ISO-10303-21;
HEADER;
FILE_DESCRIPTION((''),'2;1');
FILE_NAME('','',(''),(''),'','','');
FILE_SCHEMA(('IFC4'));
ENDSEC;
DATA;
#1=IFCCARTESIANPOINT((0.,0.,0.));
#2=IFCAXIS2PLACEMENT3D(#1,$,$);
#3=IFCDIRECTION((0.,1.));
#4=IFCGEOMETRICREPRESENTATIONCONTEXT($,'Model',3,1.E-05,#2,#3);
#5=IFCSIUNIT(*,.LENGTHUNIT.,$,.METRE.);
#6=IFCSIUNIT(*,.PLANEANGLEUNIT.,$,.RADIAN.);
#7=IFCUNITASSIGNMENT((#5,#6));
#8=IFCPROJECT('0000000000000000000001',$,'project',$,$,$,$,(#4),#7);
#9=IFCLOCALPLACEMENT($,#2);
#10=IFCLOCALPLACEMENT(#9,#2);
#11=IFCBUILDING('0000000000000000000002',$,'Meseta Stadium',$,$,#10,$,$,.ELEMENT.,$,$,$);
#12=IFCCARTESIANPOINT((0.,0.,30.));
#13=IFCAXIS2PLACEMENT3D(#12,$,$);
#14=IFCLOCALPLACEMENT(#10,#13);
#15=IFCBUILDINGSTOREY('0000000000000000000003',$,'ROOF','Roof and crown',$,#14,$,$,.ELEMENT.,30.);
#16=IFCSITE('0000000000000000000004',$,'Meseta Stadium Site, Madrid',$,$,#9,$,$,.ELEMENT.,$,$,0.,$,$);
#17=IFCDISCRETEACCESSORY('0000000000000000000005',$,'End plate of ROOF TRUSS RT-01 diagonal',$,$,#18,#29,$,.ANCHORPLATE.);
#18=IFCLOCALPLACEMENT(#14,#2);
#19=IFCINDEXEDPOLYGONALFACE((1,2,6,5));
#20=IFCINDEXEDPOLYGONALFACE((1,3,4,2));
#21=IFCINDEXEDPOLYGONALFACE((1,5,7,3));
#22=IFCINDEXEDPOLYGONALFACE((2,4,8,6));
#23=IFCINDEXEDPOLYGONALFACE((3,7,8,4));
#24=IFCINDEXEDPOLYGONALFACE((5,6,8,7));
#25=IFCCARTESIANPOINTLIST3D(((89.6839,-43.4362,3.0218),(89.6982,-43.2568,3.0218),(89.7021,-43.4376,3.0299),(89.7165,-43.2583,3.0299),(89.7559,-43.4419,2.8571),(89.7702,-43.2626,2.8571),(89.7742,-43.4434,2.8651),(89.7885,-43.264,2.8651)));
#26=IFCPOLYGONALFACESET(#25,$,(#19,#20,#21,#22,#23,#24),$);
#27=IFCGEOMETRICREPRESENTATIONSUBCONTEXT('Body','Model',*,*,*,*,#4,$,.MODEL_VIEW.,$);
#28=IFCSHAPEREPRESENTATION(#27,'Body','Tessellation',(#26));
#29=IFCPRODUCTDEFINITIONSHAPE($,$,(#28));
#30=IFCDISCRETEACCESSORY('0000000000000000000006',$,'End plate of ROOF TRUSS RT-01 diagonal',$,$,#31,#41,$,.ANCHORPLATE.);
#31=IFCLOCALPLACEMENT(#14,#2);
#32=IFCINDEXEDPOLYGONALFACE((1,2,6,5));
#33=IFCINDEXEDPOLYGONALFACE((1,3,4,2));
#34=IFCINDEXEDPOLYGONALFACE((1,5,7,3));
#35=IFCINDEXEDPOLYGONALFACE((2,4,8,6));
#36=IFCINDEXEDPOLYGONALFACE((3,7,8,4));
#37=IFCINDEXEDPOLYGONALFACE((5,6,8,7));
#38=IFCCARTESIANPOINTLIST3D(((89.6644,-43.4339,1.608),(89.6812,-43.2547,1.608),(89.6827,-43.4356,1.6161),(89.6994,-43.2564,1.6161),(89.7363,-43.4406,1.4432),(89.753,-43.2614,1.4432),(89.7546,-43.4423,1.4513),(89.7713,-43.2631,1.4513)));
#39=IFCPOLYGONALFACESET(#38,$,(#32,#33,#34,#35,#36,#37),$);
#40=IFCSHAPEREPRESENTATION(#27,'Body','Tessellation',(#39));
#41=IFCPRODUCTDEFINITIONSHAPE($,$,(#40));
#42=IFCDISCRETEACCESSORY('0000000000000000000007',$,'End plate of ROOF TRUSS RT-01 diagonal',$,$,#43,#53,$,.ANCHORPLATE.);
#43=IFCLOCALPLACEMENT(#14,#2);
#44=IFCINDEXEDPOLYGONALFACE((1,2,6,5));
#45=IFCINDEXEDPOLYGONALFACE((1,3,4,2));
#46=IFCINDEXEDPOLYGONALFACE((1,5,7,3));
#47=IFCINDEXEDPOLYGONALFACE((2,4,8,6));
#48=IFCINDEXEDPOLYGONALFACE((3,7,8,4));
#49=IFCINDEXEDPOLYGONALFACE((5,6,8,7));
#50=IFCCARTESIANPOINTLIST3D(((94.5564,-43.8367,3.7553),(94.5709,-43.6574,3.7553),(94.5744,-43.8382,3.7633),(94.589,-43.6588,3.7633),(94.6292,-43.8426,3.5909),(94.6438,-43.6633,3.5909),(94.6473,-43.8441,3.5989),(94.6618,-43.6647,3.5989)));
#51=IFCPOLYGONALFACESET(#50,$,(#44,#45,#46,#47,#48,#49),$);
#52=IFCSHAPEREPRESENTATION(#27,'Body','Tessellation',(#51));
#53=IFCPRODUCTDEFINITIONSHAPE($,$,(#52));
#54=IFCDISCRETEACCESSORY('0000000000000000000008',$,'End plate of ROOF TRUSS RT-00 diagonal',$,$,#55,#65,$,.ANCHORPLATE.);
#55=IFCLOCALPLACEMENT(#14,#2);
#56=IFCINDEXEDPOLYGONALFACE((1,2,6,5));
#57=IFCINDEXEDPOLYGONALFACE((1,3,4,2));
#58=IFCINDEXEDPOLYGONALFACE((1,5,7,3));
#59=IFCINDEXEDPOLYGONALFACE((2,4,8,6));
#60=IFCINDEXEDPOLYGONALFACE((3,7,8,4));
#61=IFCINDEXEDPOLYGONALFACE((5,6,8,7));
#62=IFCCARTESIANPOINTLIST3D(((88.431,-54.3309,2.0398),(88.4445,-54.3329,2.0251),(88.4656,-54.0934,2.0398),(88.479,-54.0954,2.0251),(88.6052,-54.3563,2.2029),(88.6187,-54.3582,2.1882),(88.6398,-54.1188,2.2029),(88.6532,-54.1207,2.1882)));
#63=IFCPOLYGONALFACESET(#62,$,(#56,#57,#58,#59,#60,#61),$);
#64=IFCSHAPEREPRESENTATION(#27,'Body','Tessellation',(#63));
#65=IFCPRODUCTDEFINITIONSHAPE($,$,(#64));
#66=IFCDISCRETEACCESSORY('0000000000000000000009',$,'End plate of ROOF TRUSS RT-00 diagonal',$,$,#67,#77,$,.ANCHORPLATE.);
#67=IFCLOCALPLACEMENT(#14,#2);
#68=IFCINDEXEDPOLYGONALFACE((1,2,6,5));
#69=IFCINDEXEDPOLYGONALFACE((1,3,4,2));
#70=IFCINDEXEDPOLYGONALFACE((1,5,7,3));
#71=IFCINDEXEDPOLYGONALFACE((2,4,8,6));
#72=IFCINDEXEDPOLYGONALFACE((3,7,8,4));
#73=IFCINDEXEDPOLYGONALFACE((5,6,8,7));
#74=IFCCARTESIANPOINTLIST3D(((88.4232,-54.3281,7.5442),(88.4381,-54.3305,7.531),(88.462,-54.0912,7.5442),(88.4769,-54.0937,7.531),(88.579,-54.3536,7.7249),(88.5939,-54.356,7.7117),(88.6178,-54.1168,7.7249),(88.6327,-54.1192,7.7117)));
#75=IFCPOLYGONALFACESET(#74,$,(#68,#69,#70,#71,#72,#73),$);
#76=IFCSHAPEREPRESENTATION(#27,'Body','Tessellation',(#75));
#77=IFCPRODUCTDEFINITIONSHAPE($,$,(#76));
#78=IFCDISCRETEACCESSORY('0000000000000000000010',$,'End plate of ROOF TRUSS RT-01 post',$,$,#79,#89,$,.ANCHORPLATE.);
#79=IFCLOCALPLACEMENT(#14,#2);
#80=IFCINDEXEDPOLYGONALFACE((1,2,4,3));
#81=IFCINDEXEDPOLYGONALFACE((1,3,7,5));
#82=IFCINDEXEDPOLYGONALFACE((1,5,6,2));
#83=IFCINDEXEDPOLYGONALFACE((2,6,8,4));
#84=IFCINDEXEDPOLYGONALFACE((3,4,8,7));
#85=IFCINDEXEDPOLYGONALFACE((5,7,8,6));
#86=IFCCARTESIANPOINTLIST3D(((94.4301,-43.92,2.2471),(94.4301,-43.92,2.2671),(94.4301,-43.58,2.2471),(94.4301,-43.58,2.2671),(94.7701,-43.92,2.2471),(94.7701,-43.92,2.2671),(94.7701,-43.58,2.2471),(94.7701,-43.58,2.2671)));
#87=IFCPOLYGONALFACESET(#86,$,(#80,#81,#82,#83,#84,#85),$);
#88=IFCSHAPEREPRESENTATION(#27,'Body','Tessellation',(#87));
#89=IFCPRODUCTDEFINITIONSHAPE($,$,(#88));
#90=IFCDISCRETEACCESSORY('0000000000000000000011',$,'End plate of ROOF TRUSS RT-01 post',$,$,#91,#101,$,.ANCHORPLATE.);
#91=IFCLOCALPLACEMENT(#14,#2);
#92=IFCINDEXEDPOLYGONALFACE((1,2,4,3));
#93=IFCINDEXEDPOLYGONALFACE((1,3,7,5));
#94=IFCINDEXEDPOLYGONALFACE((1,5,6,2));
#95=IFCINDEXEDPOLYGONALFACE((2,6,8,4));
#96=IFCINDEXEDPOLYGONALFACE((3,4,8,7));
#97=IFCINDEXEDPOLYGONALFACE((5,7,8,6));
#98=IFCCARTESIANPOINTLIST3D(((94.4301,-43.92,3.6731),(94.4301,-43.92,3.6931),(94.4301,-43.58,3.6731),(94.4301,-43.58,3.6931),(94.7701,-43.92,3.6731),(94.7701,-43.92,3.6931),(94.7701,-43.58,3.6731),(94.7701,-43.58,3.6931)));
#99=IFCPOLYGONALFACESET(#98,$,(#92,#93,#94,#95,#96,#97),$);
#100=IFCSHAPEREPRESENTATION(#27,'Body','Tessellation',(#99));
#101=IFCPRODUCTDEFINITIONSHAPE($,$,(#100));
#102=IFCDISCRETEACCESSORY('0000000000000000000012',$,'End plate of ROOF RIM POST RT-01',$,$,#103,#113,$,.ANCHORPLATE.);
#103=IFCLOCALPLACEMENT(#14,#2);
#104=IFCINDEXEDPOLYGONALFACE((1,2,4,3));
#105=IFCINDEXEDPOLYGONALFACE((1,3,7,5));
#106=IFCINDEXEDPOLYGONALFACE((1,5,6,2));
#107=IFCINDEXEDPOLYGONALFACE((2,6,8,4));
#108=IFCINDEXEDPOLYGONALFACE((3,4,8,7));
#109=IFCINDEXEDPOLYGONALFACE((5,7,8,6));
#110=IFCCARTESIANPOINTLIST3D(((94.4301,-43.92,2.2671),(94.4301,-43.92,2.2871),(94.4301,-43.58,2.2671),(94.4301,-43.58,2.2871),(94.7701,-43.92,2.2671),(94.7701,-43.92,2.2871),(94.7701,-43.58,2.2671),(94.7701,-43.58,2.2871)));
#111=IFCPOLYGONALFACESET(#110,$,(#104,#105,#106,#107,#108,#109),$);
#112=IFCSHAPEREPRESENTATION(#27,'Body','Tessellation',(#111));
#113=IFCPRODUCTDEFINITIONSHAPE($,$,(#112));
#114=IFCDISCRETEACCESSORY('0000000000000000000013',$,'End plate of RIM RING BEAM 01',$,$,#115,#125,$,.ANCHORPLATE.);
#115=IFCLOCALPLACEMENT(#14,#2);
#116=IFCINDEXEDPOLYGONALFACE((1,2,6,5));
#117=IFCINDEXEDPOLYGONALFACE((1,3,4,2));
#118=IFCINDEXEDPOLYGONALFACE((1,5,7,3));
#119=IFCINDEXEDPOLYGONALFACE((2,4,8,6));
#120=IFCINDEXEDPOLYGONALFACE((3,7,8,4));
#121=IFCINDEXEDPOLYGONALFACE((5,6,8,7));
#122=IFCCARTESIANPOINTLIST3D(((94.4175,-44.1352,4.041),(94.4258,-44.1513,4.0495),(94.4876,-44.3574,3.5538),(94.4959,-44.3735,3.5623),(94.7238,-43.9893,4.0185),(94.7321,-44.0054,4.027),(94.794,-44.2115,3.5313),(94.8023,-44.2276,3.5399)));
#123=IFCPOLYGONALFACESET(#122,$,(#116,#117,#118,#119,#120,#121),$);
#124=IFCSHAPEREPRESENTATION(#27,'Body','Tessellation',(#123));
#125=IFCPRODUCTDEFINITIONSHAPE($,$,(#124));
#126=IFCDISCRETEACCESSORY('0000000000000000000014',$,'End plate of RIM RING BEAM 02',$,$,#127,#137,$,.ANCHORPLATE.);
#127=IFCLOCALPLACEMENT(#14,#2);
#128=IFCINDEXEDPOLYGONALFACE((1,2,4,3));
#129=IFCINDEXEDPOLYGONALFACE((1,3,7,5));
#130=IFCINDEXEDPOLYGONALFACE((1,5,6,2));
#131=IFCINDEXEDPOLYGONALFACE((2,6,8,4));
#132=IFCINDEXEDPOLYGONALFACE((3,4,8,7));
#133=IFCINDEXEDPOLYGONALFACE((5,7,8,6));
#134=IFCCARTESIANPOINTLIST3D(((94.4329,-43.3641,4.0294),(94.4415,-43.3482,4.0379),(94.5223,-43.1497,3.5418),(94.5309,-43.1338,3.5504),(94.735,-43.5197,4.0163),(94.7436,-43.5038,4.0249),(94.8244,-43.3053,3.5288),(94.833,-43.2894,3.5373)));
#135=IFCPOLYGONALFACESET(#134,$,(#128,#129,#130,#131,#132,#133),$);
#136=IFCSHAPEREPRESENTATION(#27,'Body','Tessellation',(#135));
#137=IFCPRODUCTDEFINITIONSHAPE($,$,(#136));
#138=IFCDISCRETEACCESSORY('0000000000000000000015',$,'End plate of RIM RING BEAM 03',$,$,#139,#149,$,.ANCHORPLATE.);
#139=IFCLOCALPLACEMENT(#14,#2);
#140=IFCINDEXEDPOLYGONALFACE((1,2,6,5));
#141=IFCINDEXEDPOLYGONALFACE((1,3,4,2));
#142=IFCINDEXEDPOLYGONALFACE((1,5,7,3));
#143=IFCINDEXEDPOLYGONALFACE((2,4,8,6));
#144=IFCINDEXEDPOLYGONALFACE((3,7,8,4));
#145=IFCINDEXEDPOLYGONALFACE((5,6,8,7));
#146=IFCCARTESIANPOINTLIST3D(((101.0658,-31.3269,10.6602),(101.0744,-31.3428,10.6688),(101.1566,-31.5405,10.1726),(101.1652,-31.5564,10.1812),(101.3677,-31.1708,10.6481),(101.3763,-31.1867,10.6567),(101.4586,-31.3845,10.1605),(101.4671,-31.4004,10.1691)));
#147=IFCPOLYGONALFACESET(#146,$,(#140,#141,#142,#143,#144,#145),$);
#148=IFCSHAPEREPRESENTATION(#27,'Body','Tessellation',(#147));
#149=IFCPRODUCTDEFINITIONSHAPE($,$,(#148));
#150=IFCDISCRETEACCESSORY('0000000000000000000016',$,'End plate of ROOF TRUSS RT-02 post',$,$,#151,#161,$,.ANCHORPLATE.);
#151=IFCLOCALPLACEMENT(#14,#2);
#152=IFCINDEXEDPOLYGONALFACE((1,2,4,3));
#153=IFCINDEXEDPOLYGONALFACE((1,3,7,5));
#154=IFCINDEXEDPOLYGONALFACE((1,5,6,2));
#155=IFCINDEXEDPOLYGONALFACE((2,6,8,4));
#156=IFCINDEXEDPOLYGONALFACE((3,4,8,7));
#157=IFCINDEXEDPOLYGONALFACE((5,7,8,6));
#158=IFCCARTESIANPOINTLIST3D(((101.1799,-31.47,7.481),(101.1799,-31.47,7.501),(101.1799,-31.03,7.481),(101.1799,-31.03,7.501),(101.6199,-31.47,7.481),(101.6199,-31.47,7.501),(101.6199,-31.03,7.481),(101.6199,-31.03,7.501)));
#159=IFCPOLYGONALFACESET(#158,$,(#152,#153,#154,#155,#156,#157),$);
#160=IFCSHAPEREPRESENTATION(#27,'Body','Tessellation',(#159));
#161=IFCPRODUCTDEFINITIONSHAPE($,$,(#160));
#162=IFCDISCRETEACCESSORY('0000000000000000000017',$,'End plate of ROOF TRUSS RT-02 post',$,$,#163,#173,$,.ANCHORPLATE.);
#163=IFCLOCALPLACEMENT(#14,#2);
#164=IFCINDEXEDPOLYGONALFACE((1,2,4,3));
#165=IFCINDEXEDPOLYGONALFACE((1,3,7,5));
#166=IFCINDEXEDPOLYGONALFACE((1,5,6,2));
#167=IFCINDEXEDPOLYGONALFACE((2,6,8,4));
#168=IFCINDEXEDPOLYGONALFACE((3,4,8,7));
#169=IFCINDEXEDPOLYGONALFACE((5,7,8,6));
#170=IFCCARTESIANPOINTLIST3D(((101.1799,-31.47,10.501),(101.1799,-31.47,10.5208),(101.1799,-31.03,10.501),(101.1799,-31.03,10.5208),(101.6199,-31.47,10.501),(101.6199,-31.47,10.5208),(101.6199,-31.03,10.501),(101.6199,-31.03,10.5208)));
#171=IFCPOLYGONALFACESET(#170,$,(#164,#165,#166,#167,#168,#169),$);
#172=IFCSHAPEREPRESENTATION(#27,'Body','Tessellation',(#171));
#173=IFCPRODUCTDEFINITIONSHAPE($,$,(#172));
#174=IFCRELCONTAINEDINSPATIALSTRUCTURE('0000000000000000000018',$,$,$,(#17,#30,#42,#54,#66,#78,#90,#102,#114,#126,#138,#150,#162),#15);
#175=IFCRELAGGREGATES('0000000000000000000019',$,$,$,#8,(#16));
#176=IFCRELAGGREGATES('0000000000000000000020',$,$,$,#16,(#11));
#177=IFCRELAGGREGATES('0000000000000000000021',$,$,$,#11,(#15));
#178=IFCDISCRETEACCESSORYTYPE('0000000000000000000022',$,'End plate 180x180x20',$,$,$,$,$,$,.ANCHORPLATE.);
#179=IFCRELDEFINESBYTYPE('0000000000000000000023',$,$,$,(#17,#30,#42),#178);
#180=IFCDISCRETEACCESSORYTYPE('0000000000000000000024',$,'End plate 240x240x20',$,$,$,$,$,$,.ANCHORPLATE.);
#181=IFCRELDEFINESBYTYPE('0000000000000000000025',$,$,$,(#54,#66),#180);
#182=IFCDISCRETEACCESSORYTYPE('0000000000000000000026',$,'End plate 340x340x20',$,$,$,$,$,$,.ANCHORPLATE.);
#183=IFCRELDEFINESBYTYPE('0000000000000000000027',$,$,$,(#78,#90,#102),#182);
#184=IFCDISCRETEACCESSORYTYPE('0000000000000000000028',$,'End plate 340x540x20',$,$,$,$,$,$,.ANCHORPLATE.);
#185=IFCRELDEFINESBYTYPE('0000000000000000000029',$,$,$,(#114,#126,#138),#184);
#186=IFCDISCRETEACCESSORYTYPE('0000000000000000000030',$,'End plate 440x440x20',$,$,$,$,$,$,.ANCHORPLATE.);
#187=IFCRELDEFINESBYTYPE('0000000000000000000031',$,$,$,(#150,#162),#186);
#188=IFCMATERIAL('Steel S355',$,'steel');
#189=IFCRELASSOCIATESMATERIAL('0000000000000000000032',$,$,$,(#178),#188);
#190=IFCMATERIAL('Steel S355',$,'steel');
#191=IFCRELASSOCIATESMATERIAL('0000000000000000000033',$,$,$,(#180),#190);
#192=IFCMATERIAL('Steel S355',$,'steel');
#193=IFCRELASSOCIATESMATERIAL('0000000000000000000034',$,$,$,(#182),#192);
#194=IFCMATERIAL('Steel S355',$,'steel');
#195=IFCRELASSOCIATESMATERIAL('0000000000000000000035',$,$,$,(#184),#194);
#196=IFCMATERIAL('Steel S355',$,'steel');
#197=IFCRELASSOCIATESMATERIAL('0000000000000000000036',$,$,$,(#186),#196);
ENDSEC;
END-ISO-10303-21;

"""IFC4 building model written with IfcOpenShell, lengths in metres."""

from ifc_helpers import new_model, si_unit, direction, frame, origin, origin_2d, place, context, subcontext, project, spatial, rectangle, extrude, material, material_profile, profile_set, type_object, element, save


model = new_model("IFC4")

# Units and contexts
model_context = context("Model", 3, precision=1e-05, world=origin(), true_north=direction((0.0, 1.0)))
body_context = subcontext(model_context, "Body", "Model", "MODEL_VIEW")
ifc_project = project(units=[si_unit("LENGTHUNIT", "METRE"), si_unit("PLANEANGLEUNIT", "RADIAN")], contexts=[model_context])

# Site, building, storey
site_placement = place(None, origin())
site = spatial("IfcSite", under=ifc_project, at=site_placement, Name="Meseta Stadium Site, Madrid", CompositionType="ELEMENT", RefElevation=0.0)
building_placement = place(site_placement, origin())
building = spatial("IfcBuilding", under=site, at=building_placement, Name="Meseta Stadium", CompositionType="ELEMENT")
storey_placement = place(building_placement, frame((0.0, 0.0, 30.0)))
storey = spatial("IfcBuildingStorey", under=building, at=storey_placement, Name="ROOF", Description="Roof and crown", CompositionType="ELEMENT", Elevation=30.0)

# Discrete accessories
ifc_material_1 = material(Name="Steel S355", Category="steel")
ifc_material_profile_1 = material_profile(ifc_material_1, rectangle(XDim=0.1799, YDim=0.1799, at=origin_2d()), Name="PL 180x180")
ifc_profile_set_1 = profile_set([ifc_material_profile_1], Name="Steel S355")
discrete_accessory_type_1 = type_object("IfcDiscreteAccessoryType", Name="End plate 180x180x20", PredefinedType="ANCHORPLATE", material=ifc_profile_set_1)
for number, where, z_axis, x_axis, name in (
    (1, (89.7271, -43.3494, 2.9395), (0.912871, -0.07303, 0.401663), (0.079745, 0.996815, 0.0), "End plate of ROOF TRUSS RT-01 diagonal"),
    (2, (89.7087, -43.3477, 1.5256), (0.911993, -0.085119, 0.401277), (0.092929, 0.995673, 0.0), "End plate of ROOF TRUSS RT-01 diagonal"),
):
    element("IfcDiscreteAccessory", number, at=place(storey_placement, frame(where, z_axis=z_axis, x_axis=x_axis)), inside=storey, type_object=discrete_accessory_type_1, Name=name, PredefinedType="ANCHORPLATE", context=body_context, shape_type="SweptSolid", body=[
        extrude(rectangle(XDim=0.1799, YDim=0.1799, at=origin_2d()), origin(), (0.0, 0.0, 1.0), 0.02),
    ])
discrete_accessory_1_placement = place(storey_placement, frame((94.6001, -43.75, 3.6731), z_axis=(0.910808, -0.073849, 0.406171), x_axis=(0.080816, 0.996729, 0.0)))
element("IfcDiscreteAccessory", 3, at=discrete_accessory_1_placement, inside=storey, type_object=discrete_accessory_type_1, Name="End plate of ROOF TRUSS RT-01 diagonal", PredefinedType="ANCHORPLATE", context=body_context, shape_type="SweptSolid", body=[
    extrude(rectangle(XDim=0.1799, YDim=0.1799, at=origin_2d()), origin(), (0.0, 0.0, 1.0), 0.0198),
])
ifc_material_2 = material(Name="Steel S355", Category="steel")
ifc_material_profile_2 = material_profile(ifc_material_2, rectangle(XDim=0.24, YDim=0.24, at=origin_2d()), Name="PL 240x240")
ifc_profile_set_2 = profile_set([ifc_material_profile_2], Name="Steel S355")
discrete_accessory_type_2 = type_object("IfcDiscreteAccessoryType", Name="End plate 240x240x20", PredefinedType="ANCHORPLATE", material=ifc_profile_set_2)
for number, where, z_axis, x_axis, name in (
    (4, (88.5354, -54.2249, 2.1213), (0.672484, -0.097816, -0.733619), (0.14394, 0.989586, 0.0), "End plate of ROOF TRUSS RT-00 diagonal"),
    (5, (88.5205, -54.2224, 7.6345), (0.743184, -0.121834, -0.657901), (0.161775, 0.986828, 0.0), "End plate of ROOF TRUSS RT-00 diagonal"),
):
    element("IfcDiscreteAccessory", number, at=place(storey_placement, frame(where, z_axis=z_axis, x_axis=x_axis)), inside=storey, type_object=discrete_accessory_type_2, Name=name, PredefinedType="ANCHORPLATE", context=body_context, shape_type="SweptSolid", body=[
        extrude(rectangle(XDim=0.24, YDim=0.24, at=origin_2d()), origin(), (0.0, 0.0, 1.0), 0.02),
    ])
ifc_material_3 = material(Name="Steel S355", Category="steel")
ifc_material_profile_3 = material_profile(ifc_material_3, rectangle(XDim=0.3401, YDim=0.3401, at=origin_2d()), Name="PL 340x340")
ifc_profile_set_3 = profile_set([ifc_material_profile_3], Name="Steel S355")
discrete_accessory_type_3 = type_object("IfcDiscreteAccessoryType", Name="End plate 340x340x20", PredefinedType="ANCHORPLATE", material=ifc_profile_set_3)
for number, where, z_axis, x_axis, name in (
    (6, (94.6001, -43.75, 2.2471), (0.0, 0.0, 1.0), (1.0, 0.0, 0.0), "End plate of ROOF TRUSS RT-01 post"),
    (7, (94.6001, -43.75, 3.6731), (0.0, 0.0, 1.0), (1.0, 0.0, 0.0), "End plate of ROOF TRUSS RT-01 post"),
    (8, (94.6001, -43.75, 2.2671), (0.0, 0.0, 1.0), (1.0, 0.0, 0.0), "End plate of ROOF RIM POST RT-01"),
):
    element("IfcDiscreteAccessory", number, at=place(storey_placement, frame(where, z_axis=z_axis, x_axis=x_axis)), inside=storey, type_object=discrete_accessory_type_3, Name=name, PredefinedType="ANCHORPLATE", context=body_context, shape_type="SweptSolid", body=[
        extrude(rectangle(XDim=0.3401, YDim=0.3401, at=origin_2d()), origin(), (0.0, 0.0, 1.0), 0.02),
    ])
ifc_material_4 = material(Name="Steel S355", Category="steel")
ifc_material_profile_4 = material_profile(ifc_material_4, rectangle(XDim=0.3401, YDim=0.54, at=origin_2d()), Name="PL 340x540")
ifc_profile_set_4 = profile_set([ifc_material_profile_4], Name="Steel S355")
discrete_accessory_type_4 = type_object("IfcDiscreteAccessoryType", Name="End plate 340x540x20", PredefinedType="ANCHORPLATE", material=ifc_profile_set_4)
for number, where, z_axis, x_axis, name in (
    (9, (94.614, -44.1895, 3.7947), (-0.414234, 0.804101, -0.426417), (-0.900852, -0.429081, 0.065989), "End plate of RIM RING BEAM 01"),
    (10, (94.6287, -43.3347, 3.7791), (0.428393, 0.795587, 0.428393), (-0.888312, 0.45763, 0.038427), "End plate of RIM RING BEAM 02"),
    (11, (101.2708, -31.3716, 10.4189), (-0.428393, 0.795587, -0.428393), (-0.887801, -0.458843, 0.035665), "End plate of RIM RING BEAM 03"),
):
    element("IfcDiscreteAccessory", number, at=place(storey_placement, frame(where, z_axis=z_axis, x_axis=x_axis)), inside=storey, type_object=discrete_accessory_type_4, Name=name, PredefinedType="ANCHORPLATE", context=body_context, shape_type="SweptSolid", body=[
        extrude(rectangle(XDim=0.3401, YDim=0.54, at=origin_2d()), origin(), (0.0, 0.0, 1.0), 0.02),
    ])
ifc_material_5 = material(Name="Steel S355", Category="steel")
ifc_material_profile_5 = material_profile(ifc_material_5, rectangle(XDim=0.4399, YDim=0.4399, at=origin_2d()), Name="PL 440x440")
ifc_profile_set_5 = profile_set([ifc_material_profile_5], Name="Steel S355")
discrete_accessory_type_5 = type_object("IfcDiscreteAccessoryType", Name="End plate 440x440x20", PredefinedType="ANCHORPLATE", material=ifc_profile_set_5)
discrete_accessory_2_placement = place(storey_placement, frame((101.3999, -31.25, 7.481), z_axis=(0.0, 0.0, 1.0), x_axis=(1.0, 0.0, 0.0)))
element("IfcDiscreteAccessory", 12, at=discrete_accessory_2_placement, inside=storey, type_object=discrete_accessory_type_5, Name="End plate of ROOF TRUSS RT-02 post", PredefinedType="ANCHORPLATE", context=body_context, shape_type="SweptSolid", body=[
    extrude(rectangle(XDim=0.4399, YDim=0.4399, at=origin_2d()), origin(), (0.0, 0.0, 1.0), 0.02),
])
discrete_accessory_3_placement = place(storey_placement, frame((101.3999, -31.25, 10.501), z_axis=(0.0, 0.0, 1.0), x_axis=(1.0, 0.0, 0.0)))
element("IfcDiscreteAccessory", 13, at=discrete_accessory_3_placement, inside=storey, type_object=discrete_accessory_type_5, Name="End plate of ROOF TRUSS RT-02 post", PredefinedType="ANCHORPLATE", context=body_context, shape_type="SweptSolid", body=[
    extrude(rectangle(XDim=0.4399, YDim=0.4399, at=origin_2d()), origin(), (0.0, 0.0, 1.0), 0.0198),
])

save(model, "model.ifc")
